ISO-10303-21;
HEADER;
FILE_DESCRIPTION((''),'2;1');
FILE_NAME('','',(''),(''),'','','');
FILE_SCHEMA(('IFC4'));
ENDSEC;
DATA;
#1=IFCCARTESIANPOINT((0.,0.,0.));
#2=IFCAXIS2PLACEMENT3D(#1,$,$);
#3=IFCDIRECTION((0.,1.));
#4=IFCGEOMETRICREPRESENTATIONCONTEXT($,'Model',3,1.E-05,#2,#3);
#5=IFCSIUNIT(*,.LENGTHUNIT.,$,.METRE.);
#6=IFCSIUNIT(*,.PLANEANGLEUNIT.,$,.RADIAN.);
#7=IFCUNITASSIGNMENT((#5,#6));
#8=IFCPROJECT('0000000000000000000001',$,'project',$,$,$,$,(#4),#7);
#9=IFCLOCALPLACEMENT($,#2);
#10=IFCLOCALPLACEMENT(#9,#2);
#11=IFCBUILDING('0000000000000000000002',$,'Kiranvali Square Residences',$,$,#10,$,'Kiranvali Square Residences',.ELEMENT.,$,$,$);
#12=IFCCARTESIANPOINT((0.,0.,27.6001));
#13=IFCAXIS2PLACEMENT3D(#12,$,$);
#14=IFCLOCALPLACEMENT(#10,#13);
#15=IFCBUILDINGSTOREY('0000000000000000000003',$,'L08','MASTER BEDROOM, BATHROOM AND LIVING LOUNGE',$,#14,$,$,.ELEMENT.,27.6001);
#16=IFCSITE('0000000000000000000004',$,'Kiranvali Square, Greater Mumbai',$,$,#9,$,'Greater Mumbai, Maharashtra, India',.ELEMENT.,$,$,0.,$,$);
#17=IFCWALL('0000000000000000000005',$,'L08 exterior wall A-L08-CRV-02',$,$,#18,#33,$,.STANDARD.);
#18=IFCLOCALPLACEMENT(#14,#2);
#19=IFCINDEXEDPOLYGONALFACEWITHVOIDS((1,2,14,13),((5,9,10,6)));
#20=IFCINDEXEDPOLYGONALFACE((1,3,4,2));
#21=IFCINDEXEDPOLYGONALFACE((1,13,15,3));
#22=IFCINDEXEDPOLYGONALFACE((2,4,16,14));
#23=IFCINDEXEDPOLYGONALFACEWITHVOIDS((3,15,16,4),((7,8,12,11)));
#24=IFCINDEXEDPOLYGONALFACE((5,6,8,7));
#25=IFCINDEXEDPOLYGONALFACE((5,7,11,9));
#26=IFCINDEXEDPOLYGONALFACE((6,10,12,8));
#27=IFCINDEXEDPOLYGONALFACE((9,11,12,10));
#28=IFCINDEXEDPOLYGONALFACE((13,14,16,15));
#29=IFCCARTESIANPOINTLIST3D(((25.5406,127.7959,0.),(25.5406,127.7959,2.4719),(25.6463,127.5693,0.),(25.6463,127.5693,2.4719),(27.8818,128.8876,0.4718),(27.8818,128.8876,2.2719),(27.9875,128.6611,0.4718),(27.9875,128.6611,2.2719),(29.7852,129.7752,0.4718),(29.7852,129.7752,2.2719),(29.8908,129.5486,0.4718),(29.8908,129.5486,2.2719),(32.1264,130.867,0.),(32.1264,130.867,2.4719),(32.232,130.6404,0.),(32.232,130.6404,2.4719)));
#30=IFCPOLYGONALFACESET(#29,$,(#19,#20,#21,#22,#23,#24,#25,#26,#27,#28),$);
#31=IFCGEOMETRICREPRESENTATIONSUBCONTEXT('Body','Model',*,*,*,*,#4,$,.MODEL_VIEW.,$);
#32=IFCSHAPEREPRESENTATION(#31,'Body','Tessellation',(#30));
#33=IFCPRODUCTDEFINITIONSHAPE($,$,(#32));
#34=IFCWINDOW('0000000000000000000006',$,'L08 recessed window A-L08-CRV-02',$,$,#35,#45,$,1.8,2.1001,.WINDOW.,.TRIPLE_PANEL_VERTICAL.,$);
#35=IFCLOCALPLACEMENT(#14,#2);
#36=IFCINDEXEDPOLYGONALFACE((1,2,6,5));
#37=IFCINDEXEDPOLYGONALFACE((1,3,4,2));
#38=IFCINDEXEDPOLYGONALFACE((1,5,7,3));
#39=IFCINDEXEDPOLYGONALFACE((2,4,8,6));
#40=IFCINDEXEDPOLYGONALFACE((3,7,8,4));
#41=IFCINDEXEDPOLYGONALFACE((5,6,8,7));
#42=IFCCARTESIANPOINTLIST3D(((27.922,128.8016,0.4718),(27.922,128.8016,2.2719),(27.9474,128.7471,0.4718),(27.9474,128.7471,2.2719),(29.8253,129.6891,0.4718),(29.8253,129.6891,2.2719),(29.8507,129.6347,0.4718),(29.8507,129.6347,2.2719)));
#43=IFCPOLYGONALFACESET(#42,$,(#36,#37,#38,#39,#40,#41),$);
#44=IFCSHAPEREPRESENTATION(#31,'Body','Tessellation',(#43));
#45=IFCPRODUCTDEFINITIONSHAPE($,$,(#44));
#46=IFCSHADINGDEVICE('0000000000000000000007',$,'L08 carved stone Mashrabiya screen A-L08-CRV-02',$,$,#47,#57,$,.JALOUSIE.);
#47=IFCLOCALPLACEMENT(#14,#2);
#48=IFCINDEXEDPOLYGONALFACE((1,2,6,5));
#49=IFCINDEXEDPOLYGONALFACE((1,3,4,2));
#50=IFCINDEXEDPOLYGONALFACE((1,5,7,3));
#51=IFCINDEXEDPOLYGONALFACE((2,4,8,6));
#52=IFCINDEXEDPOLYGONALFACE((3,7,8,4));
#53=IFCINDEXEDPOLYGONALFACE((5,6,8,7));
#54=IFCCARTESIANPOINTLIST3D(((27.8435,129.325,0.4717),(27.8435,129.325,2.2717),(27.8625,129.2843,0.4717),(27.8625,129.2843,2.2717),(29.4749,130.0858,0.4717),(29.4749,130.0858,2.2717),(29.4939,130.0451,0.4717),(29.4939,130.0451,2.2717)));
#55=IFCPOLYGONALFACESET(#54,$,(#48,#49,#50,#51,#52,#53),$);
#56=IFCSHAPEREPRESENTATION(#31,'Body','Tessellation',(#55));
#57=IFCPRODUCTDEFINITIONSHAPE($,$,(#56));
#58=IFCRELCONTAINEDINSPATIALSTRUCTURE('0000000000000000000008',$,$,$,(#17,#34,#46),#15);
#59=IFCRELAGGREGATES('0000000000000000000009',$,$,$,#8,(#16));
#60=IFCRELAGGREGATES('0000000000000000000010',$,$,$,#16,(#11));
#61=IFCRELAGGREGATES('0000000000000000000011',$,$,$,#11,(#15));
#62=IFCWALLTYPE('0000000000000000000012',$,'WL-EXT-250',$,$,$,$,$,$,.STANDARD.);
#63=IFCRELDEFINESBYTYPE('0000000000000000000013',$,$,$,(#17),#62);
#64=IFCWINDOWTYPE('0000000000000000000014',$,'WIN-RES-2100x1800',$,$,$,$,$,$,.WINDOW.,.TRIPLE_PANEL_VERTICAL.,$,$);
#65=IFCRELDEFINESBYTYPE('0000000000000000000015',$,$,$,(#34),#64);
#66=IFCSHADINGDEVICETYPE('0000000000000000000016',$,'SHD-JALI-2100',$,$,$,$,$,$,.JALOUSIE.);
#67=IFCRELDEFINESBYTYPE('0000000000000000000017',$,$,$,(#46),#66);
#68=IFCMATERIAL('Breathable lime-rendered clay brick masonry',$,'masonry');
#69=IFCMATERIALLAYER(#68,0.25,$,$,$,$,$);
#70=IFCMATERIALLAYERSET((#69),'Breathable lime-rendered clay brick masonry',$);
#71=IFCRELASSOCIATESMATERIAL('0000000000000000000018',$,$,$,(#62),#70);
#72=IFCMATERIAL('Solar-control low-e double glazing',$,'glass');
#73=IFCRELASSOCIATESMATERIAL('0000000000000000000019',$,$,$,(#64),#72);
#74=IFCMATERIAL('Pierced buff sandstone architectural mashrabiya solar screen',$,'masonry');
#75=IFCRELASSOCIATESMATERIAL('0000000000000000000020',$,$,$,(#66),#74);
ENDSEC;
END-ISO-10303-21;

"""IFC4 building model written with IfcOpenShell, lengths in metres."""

from ifc_helpers import new_model, si_unit, direction, frame, frame_2d, origin, origin_2d, place, context, subcontext, project, spatial, rectangle, extrude, material, layer, layer_set, type_object, element, fill, save


model = new_model("IFC4")

# Units and contexts
model_context = context("Model", 3, precision=1e-05, world=origin(), true_north=direction((0.0, 1.0)))
body_context = subcontext(model_context, "Body", "Model", "MODEL_VIEW")
ifc_project = project(units=[si_unit("LENGTHUNIT", "METRE"), si_unit("PLANEANGLEUNIT", "RADIAN")], contexts=[model_context])

# Site, building, storey
site_placement = place(None, origin())
site = spatial("IfcSite", under=ifc_project, at=site_placement, Name="Kiranvali Square, Greater Mumbai", LongName="Greater Mumbai, Maharashtra, India", CompositionType="ELEMENT", RefElevation=0.0)
building_placement = place(site_placement, origin())
building = spatial("IfcBuilding", under=site, at=building_placement, Name="Kiranvali Square Residences", LongName="Kiranvali Square Residences", CompositionType="ELEMENT")
storey_placement = place(building_placement, frame((0.0, 0.0, 27.6001)))
storey = spatial("IfcBuildingStorey", under=building, at=storey_placement, Name="L08", Description="MASTER BEDROOM, BATHROOM AND LIVING LOUNGE", CompositionType="ELEMENT", Elevation=27.6001)

# Wall, opening, window
ifc_material_1 = material(Name="Breathable lime-rendered clay brick masonry", Category="masonry")
ifc_layer = layer(ifc_material_1, 0.25)
ifc_layer_set = layer_set([ifc_layer], Name="Breathable lime-rendered clay brick masonry")
wall_type = type_object("IfcWallType", Name="WL-EXT-250", PredefinedType="STANDARD", material=ifc_layer_set)
wall_placement = place(storey_placement, frame((32.1792, 130.7537, 0.0), z_axis=(0.0, 0.0, 1.0), x_axis=(-0.906303, -0.422628, 0.0)))
wall = element("IfcWall", 1, at=wall_placement, inside=storey, type_object=wall_type, Name="L08 exterior wall A-L08-CRV-02", PredefinedType="STANDARD", context=body_context, shape_type="SweptSolid", body=[
    extrude(rectangle(XDim=7.2666, YDim=0.25, at=frame_2d((3.6333, 0.0))), origin(), (0.0, 0.0, 1.0), 2.4719),
])
opening_placement = place(wall_placement, frame((2.5833, 0.0, 0.4719)))
opening = element("IfcOpeningElement", 2, at=opening_placement, cuts=wall, PredefinedType="OPENING", context=body_context, shape_type="SweptSolid", body=[
    extrude(rectangle(XDim=2.1001, YDim=1.8, at=frame_2d((1.05, 0.8999))), frame((0.0, 0.135, 0.0), z_axis=(0.0, -1.0, 0.0), x_axis=(1.0, 0.0, 0.0)), (0.0, 0.0, 1.0), 0.27),
])
ifc_material_2 = material(Name="Solar-control low-e double glazing", Category="glass")
window_type = type_object("IfcWindowType", Name="WIN-RES-2100x1800", PartitioningType="TRIPLE_PANEL_VERTICAL", PredefinedType="WINDOW", material=ifc_material_2)
window_placement = place(opening_placement, origin())
window = element("IfcWindow", 3, at=window_placement, inside=storey, type_object=window_type, Name="L08 recessed window A-L08-CRV-02", OverallHeight=1.8, OverallWidth=2.1001, PartitioningType="TRIPLE_PANEL_VERTICAL", PredefinedType="WINDOW", context=body_context, shape_type="SweptSolid", body=[
    extrude(rectangle(XDim=2.1001, YDim=1.8, at=frame_2d((1.05, 0.8999))), frame((0.0, 0.03, 0.0), z_axis=(0.0, -1.0, 0.0), x_axis=(1.0, 0.0, 0.0)), (0.0, 0.0, 1.0), 0.0601),
])
fill(opening, window)

# Shading device
ifc_material_3 = material(Name="Pierced buff sandstone architectural mashrabiya solar screen", Category="masonry")
shading_device_type = type_object("IfcShadingDeviceType", Name="SHD-JALI-2100", PredefinedType="JALOUSIE", material=ifc_material_3)
shading_device_placement = place(storey_placement, frame((28.6687, 129.6851, 0.4717), z_axis=(0.0, 0.0, 1.0), x_axis=(-0.906308, -0.422618, 0.0)))
element("IfcShadingDevice", 4, at=shading_device_placement, inside=storey, type_object=shading_device_type, Name="L08 carved stone Mashrabiya screen A-L08-CRV-02", PredefinedType="JALOUSIE", context=body_context, shape_type="SweptSolid", body=[
    extrude(rectangle(XDim=1.8, YDim=0.0449, at=origin_2d()), origin(), (0.0, 0.0, 1.0), 1.8),
])

save(model, "model.ifc")
